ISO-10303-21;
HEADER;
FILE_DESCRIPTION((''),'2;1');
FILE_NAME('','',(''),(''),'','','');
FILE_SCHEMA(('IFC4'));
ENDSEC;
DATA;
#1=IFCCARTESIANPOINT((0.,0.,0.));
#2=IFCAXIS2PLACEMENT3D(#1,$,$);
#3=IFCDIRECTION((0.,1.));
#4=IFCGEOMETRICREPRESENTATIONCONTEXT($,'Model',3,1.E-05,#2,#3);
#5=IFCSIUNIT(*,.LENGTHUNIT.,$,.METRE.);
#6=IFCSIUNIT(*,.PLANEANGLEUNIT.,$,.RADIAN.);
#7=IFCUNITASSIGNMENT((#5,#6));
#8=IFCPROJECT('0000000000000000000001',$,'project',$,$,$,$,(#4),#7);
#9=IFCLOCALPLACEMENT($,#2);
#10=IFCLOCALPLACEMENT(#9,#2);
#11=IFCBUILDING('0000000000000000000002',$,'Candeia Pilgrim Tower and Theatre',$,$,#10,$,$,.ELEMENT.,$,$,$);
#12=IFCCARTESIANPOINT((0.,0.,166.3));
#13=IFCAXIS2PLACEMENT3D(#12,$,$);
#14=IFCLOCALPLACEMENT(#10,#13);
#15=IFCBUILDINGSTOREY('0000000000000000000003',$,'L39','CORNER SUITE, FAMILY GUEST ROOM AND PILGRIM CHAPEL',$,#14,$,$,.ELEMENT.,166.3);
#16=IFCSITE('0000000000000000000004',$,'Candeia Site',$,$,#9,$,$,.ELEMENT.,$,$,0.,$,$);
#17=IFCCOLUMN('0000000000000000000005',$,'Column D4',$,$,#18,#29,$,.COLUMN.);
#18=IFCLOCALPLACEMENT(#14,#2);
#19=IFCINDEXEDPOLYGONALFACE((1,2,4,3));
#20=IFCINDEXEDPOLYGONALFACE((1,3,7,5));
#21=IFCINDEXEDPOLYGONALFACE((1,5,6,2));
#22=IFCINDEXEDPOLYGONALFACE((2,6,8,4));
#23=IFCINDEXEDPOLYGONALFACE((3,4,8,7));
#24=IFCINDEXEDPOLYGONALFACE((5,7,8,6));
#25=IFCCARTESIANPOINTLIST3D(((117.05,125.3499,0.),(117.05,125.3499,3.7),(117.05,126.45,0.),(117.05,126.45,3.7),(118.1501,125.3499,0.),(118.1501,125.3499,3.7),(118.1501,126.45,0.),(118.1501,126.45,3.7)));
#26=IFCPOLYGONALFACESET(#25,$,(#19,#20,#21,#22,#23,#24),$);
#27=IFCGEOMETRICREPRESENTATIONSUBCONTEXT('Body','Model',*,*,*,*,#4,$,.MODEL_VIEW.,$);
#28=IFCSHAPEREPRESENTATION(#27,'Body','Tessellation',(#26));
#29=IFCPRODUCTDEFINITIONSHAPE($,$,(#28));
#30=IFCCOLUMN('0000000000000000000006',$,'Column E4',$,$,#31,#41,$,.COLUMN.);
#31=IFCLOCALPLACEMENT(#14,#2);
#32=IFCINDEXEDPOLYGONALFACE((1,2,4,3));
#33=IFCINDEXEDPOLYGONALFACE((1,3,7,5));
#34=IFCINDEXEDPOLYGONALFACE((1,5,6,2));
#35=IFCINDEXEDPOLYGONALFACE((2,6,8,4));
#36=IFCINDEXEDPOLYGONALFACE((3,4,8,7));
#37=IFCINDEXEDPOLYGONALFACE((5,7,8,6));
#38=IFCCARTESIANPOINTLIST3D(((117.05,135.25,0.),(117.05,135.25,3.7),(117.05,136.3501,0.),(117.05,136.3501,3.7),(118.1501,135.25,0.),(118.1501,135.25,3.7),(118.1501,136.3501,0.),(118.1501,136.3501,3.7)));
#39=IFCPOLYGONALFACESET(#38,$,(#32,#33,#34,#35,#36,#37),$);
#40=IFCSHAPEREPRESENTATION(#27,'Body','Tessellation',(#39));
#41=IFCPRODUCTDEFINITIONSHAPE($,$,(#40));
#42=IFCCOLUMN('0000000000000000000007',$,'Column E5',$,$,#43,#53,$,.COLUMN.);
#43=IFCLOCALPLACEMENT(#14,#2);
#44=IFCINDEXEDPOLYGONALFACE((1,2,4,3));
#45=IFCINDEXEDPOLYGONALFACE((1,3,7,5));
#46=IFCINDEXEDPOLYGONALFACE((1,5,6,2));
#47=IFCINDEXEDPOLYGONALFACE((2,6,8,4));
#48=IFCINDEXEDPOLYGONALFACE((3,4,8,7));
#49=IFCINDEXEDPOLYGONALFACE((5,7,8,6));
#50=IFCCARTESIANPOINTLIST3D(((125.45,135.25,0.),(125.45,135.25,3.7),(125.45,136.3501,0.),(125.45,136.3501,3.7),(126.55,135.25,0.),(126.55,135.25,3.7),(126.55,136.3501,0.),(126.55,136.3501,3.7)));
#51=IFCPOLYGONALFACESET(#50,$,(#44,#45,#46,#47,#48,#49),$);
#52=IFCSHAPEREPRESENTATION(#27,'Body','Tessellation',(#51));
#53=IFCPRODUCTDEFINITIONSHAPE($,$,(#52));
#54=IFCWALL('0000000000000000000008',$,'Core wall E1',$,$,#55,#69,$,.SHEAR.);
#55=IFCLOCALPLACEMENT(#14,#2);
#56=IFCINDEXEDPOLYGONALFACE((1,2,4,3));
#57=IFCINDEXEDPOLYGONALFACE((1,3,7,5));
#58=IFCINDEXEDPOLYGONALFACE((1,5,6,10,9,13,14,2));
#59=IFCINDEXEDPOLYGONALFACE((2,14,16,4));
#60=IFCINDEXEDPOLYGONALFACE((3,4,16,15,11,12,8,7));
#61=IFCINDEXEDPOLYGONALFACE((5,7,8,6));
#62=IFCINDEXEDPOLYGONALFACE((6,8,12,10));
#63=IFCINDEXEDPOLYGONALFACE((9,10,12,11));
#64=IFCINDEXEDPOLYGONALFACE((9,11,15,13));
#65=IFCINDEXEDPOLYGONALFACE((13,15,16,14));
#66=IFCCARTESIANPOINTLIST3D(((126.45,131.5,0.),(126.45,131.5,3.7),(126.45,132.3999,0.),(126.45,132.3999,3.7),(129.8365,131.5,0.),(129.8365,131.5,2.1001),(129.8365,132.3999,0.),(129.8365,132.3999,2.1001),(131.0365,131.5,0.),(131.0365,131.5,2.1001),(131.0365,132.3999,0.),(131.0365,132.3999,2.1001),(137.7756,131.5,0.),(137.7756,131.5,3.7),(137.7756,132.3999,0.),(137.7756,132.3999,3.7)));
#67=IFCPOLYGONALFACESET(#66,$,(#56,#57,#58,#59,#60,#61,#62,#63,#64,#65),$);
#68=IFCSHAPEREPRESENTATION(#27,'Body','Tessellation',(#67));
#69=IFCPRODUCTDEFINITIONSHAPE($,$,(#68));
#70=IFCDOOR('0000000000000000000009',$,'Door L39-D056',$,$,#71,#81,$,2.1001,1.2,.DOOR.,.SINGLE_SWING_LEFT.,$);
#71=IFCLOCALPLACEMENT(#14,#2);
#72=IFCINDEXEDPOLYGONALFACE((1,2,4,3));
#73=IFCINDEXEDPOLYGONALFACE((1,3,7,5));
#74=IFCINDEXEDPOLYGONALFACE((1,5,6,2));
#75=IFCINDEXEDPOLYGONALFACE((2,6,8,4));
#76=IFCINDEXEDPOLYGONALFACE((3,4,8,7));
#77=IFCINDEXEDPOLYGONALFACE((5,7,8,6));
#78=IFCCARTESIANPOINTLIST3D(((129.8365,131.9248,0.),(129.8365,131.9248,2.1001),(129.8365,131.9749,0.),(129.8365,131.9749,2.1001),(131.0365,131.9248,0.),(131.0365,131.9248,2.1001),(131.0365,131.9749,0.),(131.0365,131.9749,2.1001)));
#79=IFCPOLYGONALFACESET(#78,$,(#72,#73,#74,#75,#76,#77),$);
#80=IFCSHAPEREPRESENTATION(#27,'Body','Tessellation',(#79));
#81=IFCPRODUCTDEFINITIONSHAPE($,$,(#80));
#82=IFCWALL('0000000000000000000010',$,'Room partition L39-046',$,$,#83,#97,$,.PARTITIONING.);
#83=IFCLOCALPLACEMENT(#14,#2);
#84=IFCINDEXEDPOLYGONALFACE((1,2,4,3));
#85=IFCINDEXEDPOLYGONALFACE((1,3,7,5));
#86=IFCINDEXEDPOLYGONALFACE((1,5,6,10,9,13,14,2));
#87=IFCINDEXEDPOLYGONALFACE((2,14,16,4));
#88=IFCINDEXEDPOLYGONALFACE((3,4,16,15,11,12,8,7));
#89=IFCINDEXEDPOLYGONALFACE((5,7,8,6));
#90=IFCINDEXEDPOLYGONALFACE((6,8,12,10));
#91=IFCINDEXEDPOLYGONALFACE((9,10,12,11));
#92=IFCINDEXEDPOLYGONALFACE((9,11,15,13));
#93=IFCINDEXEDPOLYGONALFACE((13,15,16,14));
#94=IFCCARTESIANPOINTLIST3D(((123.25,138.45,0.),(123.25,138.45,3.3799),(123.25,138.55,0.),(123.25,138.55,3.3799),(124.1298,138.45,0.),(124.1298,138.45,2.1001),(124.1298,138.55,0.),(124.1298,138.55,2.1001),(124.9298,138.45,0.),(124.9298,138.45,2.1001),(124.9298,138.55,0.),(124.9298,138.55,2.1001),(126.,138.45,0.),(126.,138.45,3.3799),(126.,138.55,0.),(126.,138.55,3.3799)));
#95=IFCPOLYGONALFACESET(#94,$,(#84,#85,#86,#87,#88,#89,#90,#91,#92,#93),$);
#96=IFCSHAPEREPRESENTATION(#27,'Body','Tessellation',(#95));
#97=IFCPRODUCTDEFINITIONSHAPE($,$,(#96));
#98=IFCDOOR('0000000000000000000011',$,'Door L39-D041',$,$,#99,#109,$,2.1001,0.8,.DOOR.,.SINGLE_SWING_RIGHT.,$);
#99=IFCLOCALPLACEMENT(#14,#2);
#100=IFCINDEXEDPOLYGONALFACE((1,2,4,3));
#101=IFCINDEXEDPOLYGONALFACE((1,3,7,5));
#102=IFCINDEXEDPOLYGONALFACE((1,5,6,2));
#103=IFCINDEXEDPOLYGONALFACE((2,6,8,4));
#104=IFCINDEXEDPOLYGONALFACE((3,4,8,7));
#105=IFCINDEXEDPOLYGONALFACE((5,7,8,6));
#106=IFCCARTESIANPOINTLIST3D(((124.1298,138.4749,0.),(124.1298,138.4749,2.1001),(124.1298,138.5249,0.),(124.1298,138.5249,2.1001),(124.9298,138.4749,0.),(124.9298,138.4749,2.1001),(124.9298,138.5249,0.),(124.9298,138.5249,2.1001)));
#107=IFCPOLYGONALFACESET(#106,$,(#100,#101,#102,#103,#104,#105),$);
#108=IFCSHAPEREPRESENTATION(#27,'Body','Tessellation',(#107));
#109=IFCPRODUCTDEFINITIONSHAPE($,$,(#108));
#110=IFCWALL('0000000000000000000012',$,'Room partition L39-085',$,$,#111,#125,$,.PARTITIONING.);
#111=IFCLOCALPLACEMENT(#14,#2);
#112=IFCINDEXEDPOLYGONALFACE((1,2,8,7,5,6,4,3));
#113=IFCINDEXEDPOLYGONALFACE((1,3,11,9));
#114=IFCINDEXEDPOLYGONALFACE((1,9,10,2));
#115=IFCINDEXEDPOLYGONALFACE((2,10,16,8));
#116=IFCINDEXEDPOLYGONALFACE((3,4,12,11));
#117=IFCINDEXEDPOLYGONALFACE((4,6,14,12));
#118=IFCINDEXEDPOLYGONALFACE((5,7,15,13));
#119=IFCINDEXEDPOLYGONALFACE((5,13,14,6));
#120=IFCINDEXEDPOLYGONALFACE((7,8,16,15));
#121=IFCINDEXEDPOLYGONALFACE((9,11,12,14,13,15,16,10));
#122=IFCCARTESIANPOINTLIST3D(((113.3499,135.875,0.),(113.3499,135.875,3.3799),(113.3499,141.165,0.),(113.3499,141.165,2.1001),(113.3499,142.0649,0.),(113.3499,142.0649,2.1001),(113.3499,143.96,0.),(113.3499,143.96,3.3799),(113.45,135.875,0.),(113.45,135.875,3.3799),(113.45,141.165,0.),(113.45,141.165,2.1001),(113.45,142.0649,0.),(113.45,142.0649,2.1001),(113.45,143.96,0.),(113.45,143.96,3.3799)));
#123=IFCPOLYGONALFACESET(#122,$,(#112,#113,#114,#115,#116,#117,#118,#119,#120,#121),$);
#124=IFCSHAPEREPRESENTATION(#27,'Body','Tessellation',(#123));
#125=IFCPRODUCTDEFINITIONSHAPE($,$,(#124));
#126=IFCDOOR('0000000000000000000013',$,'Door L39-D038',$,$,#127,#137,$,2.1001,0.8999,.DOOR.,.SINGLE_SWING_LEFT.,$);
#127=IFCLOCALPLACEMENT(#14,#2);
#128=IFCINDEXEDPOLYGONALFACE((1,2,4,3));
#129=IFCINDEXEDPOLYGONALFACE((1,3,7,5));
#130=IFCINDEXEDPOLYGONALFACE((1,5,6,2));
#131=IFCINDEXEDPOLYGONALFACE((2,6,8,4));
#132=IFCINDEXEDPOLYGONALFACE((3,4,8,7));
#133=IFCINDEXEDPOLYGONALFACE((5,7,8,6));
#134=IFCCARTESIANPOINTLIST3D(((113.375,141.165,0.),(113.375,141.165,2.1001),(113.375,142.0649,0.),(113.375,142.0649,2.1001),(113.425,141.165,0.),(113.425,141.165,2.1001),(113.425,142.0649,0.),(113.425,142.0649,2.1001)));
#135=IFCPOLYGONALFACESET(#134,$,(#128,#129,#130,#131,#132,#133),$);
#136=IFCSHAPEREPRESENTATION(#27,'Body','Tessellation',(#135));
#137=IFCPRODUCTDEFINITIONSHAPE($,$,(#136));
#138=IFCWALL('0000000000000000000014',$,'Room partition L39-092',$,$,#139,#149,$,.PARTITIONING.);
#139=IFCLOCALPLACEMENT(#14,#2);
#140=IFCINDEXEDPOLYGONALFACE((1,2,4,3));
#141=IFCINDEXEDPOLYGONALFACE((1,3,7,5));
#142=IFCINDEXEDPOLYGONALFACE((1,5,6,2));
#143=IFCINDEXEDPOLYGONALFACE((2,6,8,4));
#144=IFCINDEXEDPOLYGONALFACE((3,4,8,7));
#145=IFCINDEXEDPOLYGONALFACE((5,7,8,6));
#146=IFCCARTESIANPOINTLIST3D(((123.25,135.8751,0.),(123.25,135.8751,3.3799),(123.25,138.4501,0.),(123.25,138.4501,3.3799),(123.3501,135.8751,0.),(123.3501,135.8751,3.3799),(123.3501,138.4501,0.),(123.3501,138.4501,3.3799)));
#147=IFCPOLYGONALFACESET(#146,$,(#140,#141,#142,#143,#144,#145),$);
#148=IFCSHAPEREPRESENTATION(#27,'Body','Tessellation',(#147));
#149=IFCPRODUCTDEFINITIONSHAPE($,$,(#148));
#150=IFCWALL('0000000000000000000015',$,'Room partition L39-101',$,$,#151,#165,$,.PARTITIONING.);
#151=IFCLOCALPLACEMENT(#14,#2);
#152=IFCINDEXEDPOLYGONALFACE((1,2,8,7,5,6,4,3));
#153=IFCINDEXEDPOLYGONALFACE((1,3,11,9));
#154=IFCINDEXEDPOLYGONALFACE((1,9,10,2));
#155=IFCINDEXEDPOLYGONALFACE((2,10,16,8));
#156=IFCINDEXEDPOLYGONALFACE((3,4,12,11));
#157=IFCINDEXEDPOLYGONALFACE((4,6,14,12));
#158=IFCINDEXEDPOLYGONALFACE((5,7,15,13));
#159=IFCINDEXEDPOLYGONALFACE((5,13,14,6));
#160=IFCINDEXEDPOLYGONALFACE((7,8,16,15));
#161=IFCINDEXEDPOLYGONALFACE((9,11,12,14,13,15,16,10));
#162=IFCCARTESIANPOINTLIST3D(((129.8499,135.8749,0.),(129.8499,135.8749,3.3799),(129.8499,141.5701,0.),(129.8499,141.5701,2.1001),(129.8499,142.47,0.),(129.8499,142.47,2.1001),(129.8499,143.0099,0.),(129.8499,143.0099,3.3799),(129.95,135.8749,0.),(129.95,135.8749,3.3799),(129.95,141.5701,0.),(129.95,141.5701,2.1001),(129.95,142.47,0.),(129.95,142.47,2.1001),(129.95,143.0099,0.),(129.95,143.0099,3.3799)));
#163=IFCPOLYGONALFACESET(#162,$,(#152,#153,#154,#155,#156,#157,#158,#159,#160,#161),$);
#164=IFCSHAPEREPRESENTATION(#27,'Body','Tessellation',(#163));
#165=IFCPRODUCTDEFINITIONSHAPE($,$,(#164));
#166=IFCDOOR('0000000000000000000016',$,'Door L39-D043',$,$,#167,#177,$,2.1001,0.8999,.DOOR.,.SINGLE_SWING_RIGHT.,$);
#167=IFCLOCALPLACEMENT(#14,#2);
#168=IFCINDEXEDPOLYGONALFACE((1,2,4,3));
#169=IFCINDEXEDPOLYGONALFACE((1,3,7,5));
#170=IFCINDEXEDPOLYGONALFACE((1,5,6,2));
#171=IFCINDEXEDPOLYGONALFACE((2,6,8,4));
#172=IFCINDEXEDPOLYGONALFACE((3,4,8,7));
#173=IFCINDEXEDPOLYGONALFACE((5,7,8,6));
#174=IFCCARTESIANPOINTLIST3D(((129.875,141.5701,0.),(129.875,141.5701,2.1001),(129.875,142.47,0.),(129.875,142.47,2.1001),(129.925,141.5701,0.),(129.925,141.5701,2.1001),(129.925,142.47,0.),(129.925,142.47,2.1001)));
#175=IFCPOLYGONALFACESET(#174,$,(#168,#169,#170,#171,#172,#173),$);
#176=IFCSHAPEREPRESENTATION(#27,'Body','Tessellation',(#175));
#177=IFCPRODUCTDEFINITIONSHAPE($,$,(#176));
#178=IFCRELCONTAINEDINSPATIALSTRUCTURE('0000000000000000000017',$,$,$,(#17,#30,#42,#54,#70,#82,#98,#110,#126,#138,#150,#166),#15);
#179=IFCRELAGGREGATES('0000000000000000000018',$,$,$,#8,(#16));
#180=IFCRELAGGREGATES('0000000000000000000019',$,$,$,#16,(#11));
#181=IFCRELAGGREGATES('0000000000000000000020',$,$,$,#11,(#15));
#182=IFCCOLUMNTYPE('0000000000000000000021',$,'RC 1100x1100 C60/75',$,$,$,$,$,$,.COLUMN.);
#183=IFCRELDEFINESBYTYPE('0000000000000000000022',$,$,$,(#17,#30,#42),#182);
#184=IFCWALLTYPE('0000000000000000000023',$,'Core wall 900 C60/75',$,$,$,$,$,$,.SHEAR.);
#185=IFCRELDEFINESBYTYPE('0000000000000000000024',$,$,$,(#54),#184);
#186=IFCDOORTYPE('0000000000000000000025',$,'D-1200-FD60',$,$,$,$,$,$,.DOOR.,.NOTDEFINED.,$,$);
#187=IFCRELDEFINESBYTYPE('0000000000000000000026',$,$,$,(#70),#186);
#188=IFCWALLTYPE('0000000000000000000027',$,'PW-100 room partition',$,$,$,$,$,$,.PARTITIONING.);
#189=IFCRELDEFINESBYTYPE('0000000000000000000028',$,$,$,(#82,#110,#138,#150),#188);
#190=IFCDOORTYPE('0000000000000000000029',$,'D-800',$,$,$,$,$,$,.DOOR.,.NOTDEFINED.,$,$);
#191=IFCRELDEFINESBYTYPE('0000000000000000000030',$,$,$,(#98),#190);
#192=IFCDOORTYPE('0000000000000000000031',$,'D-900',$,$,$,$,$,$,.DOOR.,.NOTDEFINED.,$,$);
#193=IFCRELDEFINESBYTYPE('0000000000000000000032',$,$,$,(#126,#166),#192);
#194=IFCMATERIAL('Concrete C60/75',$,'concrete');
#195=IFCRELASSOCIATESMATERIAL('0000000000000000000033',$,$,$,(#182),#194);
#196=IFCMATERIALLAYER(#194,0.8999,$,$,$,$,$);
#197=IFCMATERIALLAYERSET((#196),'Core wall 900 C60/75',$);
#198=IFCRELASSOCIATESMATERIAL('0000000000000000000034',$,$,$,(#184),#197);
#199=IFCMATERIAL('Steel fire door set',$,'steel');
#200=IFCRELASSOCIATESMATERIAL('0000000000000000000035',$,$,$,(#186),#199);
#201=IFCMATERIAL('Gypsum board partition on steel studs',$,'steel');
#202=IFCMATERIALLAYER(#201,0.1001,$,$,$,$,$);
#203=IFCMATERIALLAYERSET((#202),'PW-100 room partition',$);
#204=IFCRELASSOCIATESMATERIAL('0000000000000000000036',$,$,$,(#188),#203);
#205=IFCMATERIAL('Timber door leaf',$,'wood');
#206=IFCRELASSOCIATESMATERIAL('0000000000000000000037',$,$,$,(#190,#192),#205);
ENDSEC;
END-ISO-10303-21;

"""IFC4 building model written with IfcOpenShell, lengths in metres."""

from ifc_helpers import new_model, si_unit, direction, frame, frame_2d, origin, origin_2d, place, context, subcontext, project, spatial, rectangle, extrude, material, layer, layer_set, material_profile, profile_set, type_object, element, fill, save


model = new_model("IFC4")

# Units and contexts
model_context = context("Model", 3, precision=1e-05, world=origin(), true_north=direction((0.0, 1.0)))
body_context = subcontext(model_context, "Body", "Model", "MODEL_VIEW")
ifc_project = project(units=[si_unit("LENGTHUNIT", "METRE"), si_unit("PLANEANGLEUNIT", "RADIAN")], contexts=[model_context])

# Site, building, storey
site_placement = place(None, origin())
site = spatial("IfcSite", under=ifc_project, at=site_placement, Name="Candeia Site", CompositionType="ELEMENT", RefElevation=0.0)
building_placement = place(site_placement, origin())
building = spatial("IfcBuilding", under=site, at=building_placement, Name="Candeia Pilgrim Tower and Theatre", CompositionType="ELEMENT")
storey_placement = place(building_placement, frame((0.0, 0.0, 166.3)))
storey = spatial("IfcBuildingStorey", under=building, at=storey_placement, Name="L39", Description="CORNER SUITE, FAMILY GUEST ROOM AND PILGRIM CHAPEL", CompositionType="ELEMENT", Elevation=166.3)

# Columns
ifc_material_1 = material(Name="Concrete C60/75", Category="concrete")
ifc_material_profile = material_profile(ifc_material_1, rectangle(XDim=1.1001, YDim=1.1001, at=origin_2d()))
ifc_profile_set = profile_set([ifc_material_profile], Name="Concrete C60/75")
column_type = type_object("IfcColumnType", Name="RC 1100x1100 C60/75", PredefinedType="COLUMN", material=ifc_profile_set)
for number, where, z_axis, x_axis, name in (
    (1, (117.6001, 125.8999, 0.0), (0.0, 0.0, 1.0), (1.0, 0.0, 0.0), "Column D4"),
    (2, (117.6001, 135.8, 0.0), (0.0, 0.0, 1.0), (1.0, 0.0, 0.0), "Column E4"),
    (3, (126.0, 135.8, 0.0), (0.0, 0.0, 1.0), (1.0, 0.0, 0.0), "Column E5"),
):
    element("IfcColumn", number, at=place(storey_placement, frame(where, z_axis=z_axis, x_axis=x_axis)), inside=storey, type_object=column_type, Name=name, PredefinedType="COLUMN", context=body_context, shape_type="SweptSolid", body=[
        extrude(rectangle(XDim=1.1001, YDim=1.1001, at=origin_2d()), origin(), (0.0, 0.0, 1.0), 3.7),
    ])

# Walls, openings, doors
ifc_layer_1 = layer(ifc_material_1, 0.8999)
ifc_layer_set_1 = layer_set([ifc_layer_1], Name="Core wall 900 C60/75")
wall_type_1 = type_object("IfcWallType", Name="Core wall 900 C60/75", PredefinedType="SHEAR", material=ifc_layer_set_1)
wall_1_placement = place(storey_placement, frame((126.45, 131.95, 0.0), z_axis=(0.0, 0.0, 1.0), x_axis=(1.0, 0.0, 0.0)))
wall_1 = element("IfcWall", 4, at=wall_1_placement, inside=storey, type_object=wall_type_1, Name="Core wall E1", PredefinedType="SHEAR", context=body_context, shape_type="SweptSolid", body=[
    extrude(rectangle(XDim=11.3257, YDim=0.8999, at=frame_2d((5.6628, 0.0))), origin(), (0.0, 0.0, 1.0), 3.7),
])
opening_1_placement = place(wall_1_placement, frame((3.3865, 0.0, 0.0)))
opening_1 = element("IfcOpeningElement", 5, at=opening_1_placement, cuts=wall_1, PredefinedType="OPENING", context=body_context, shape_type="SweptSolid", body=[
    extrude(rectangle(XDim=1.2, YDim=2.1001, at=frame_2d((0.6001, 1.05))), frame((0.0, 0.46, 0.0), z_axis=(0.0, -1.0, 0.0), x_axis=(1.0, 0.0, 0.0)), (0.0, 0.0, 1.0), 0.9199),
])
ifc_material_2 = material(Name="Steel fire door set", Category="steel")
door_type_1 = type_object("IfcDoorType", Name="D-1200-FD60", OperationType="NOTDEFINED", PredefinedType="DOOR", material=ifc_material_2)
door_1_placement = place(opening_1_placement, origin())
door_1 = element("IfcDoor", 6, at=door_1_placement, inside=storey, type_object=door_type_1, Name="Door L39-D056", OperationType="SINGLE_SWING_LEFT", OverallHeight=2.1001, OverallWidth=1.2, PredefinedType="DOOR", context=body_context, shape_type="SweptSolid", body=[
    extrude(rectangle(XDim=1.2, YDim=2.1001, at=frame_2d((0.6001, 1.05))), frame((0.0, 0.0249, 0.0), z_axis=(0.0, -1.0, 0.0), x_axis=(1.0, 0.0, 0.0)), (0.0, 0.0, 1.0), 0.05),
])
fill(opening_1, door_1)
ifc_material_3 = material(Name="Gypsum board partition on steel studs", Category="steel")
ifc_layer_2 = layer(ifc_material_3, 0.1001)
ifc_layer_set_2 = layer_set([ifc_layer_2], Name="PW-100 room partition")
wall_type_2 = type_object("IfcWallType", Name="PW-100 room partition", PredefinedType="PARTITIONING", material=ifc_layer_set_2)
wall_2_placement = place(storey_placement, frame((123.25, 138.5, 0.0), z_axis=(0.0, 0.0, 1.0), x_axis=(1.0, 0.0, 0.0)))
wall_2 = element("IfcWall", 7, at=wall_2_placement, inside=storey, type_object=wall_type_2, Name="Room partition L39-046", PredefinedType="PARTITIONING", context=body_context, shape_type="SweptSolid", body=[
    extrude(rectangle(XDim=2.75, YDim=0.1001, at=frame_2d((1.375, 0.0))), origin(), (0.0, 0.0, 1.0), 3.3799),
])
opening_2_placement = place(wall_2_placement, frame((0.8799, 0.0, 0.0)))
opening_2 = element("IfcOpeningElement", 8, at=opening_2_placement, cuts=wall_2, PredefinedType="OPENING", context=body_context, shape_type="SweptSolid", body=[
    extrude(rectangle(XDim=0.8, YDim=2.1001, at=frame_2d((0.3999, 1.05))), frame((0.0, 0.0601, 0.0), z_axis=(0.0, -1.0, 0.0), x_axis=(1.0, 0.0, 0.0)), (0.0, 0.0, 1.0), 0.1201),
])
ifc_material_4 = material(Name="Timber door leaf", Category="wood")
door_type_2 = type_object("IfcDoorType", Name="D-800", OperationType="NOTDEFINED", PredefinedType="DOOR", material=ifc_material_4)
door_2_placement = place(opening_2_placement, origin())
door_2 = element("IfcDoor", 9, at=door_2_placement, inside=storey, type_object=door_type_2, Name="Door L39-D041", OperationType="SINGLE_SWING_RIGHT", OverallHeight=2.1001, OverallWidth=0.8, PredefinedType="DOOR", context=body_context, shape_type="SweptSolid", body=[
    extrude(rectangle(XDim=0.8, YDim=2.1001, at=frame_2d((0.3999, 1.05))), frame((0.0, 0.0249, 0.0), z_axis=(0.0, -1.0, 0.0), x_axis=(1.0, 0.0, 0.0)), (0.0, 0.0, 1.0), 0.05),
])
fill(opening_2, door_2)
wall_3_placement = place(storey_placement, frame((113.3999, 135.875, 0.0), z_axis=(0.0, 0.0, 1.0), x_axis=(0.0, 1.0, 0.0)))
wall_3 = element("IfcWall", 10, at=wall_3_placement, inside=storey, type_object=wall_type_2, Name="Room partition L39-085", PredefinedType="PARTITIONING", context=body_context, shape_type="SweptSolid", body=[
    extrude(rectangle(XDim=8.085, YDim=0.1001, at=frame_2d((4.0425, 0.0))), origin(), (0.0, 0.0, 1.0), 3.3799),
])
opening_3_placement = place(wall_3_placement, frame((5.29, 0.0, 0.0)))
opening_3 = element("IfcOpeningElement", 11, at=opening_3_placement, cuts=wall_3, PredefinedType="OPENING", context=body_context, shape_type="SweptSolid", body=[
    extrude(rectangle(XDim=0.8999, YDim=2.1001, at=frame_2d((0.45, 1.05))), frame((0.0, 0.0601, 0.0), z_axis=(0.0, -1.0, 0.0), x_axis=(1.0, 0.0, 0.0)), (0.0, 0.0, 1.0), 0.1201),
])
door_type_3 = type_object("IfcDoorType", Name="D-900", OperationType="NOTDEFINED", PredefinedType="DOOR", material=ifc_material_4)
door_3_placement = place(opening_3_placement, origin())
door_3 = element("IfcDoor", 12, at=door_3_placement, inside=storey, type_object=door_type_3, Name="Door L39-D038", OperationType="SINGLE_SWING_LEFT", OverallHeight=2.1001, OverallWidth=0.8999, PredefinedType="DOOR", context=body_context, shape_type="SweptSolid", body=[
    extrude(rectangle(XDim=0.8999, YDim=2.1001, at=frame_2d((0.45, 1.05))), frame((0.0, 0.0249, 0.0), z_axis=(0.0, -1.0, 0.0), x_axis=(1.0, 0.0, 0.0)), (0.0, 0.0, 1.0), 0.05),
])
fill(opening_3, door_3)

# Wall
wall_4_placement = place(storey_placement, frame((123.3, 135.875, 0.0), z_axis=(0.0, 0.0, 1.0), x_axis=(0.0, 1.0, 0.0)))
element("IfcWall", 13, at=wall_4_placement, inside=storey, type_object=wall_type_2, Name="Room partition L39-092", PredefinedType="PARTITIONING", context=body_context, shape_type="SweptSolid", body=[
    extrude(rectangle(XDim=2.575, YDim=0.1001, at=frame_2d((1.2876, 0.0))), origin(), (0.0, 0.0, 1.0), 3.3799),
])

# Wall, opening, door
wall_5_placement = place(storey_placement, frame((129.8999, 135.875, 0.0), z_axis=(0.0, 0.0, 1.0), x_axis=(0.0, 1.0, 0.0)))
wall_5 = element("IfcWall", 14, at=wall_5_placement, inside=storey, type_object=wall_type_2, Name="Room partition L39-101", PredefinedType="PARTITIONING", context=body_context, shape_type="SweptSolid", body=[
    extrude(rectangle(XDim=7.135, YDim=0.1001, at=frame_2d((3.5674, 0.0))), origin(), (0.0, 0.0, 1.0), 3.3799),
])
opening_4_placement = place(wall_5_placement, frame((5.6951, 0.0, 0.0)))
opening_4 = element("IfcOpeningElement", 15, at=opening_4_placement, cuts=wall_5, PredefinedType="OPENING", context=body_context, shape_type="SweptSolid", body=[
    extrude(rectangle(XDim=0.8999, YDim=2.1001, at=frame_2d((0.45, 1.05))), frame((0.0, 0.0601, 0.0), z_axis=(0.0, -1.0, 0.0), x_axis=(1.0, 0.0, 0.0)), (0.0, 0.0, 1.0), 0.1201),
])
door_4_placement = place(opening_4_placement, origin())
door_4 = element("IfcDoor", 16, at=door_4_placement, inside=storey, type_object=door_type_3, Name="Door L39-D043", OperationType="SINGLE_SWING_RIGHT", OverallHeight=2.1001, OverallWidth=0.8999, PredefinedType="DOOR", context=body_context, shape_type="SweptSolid", body=[
    extrude(rectangle(XDim=0.8999, YDim=2.1001, at=frame_2d((0.45, 1.05))), frame((0.0, 0.0249, 0.0), z_axis=(0.0, -1.0, 0.0), x_axis=(1.0, 0.0, 0.0)), (0.0, 0.0, 1.0), 0.05),
])
fill(opening_4, door_4)

save(model, "model.ifc")
